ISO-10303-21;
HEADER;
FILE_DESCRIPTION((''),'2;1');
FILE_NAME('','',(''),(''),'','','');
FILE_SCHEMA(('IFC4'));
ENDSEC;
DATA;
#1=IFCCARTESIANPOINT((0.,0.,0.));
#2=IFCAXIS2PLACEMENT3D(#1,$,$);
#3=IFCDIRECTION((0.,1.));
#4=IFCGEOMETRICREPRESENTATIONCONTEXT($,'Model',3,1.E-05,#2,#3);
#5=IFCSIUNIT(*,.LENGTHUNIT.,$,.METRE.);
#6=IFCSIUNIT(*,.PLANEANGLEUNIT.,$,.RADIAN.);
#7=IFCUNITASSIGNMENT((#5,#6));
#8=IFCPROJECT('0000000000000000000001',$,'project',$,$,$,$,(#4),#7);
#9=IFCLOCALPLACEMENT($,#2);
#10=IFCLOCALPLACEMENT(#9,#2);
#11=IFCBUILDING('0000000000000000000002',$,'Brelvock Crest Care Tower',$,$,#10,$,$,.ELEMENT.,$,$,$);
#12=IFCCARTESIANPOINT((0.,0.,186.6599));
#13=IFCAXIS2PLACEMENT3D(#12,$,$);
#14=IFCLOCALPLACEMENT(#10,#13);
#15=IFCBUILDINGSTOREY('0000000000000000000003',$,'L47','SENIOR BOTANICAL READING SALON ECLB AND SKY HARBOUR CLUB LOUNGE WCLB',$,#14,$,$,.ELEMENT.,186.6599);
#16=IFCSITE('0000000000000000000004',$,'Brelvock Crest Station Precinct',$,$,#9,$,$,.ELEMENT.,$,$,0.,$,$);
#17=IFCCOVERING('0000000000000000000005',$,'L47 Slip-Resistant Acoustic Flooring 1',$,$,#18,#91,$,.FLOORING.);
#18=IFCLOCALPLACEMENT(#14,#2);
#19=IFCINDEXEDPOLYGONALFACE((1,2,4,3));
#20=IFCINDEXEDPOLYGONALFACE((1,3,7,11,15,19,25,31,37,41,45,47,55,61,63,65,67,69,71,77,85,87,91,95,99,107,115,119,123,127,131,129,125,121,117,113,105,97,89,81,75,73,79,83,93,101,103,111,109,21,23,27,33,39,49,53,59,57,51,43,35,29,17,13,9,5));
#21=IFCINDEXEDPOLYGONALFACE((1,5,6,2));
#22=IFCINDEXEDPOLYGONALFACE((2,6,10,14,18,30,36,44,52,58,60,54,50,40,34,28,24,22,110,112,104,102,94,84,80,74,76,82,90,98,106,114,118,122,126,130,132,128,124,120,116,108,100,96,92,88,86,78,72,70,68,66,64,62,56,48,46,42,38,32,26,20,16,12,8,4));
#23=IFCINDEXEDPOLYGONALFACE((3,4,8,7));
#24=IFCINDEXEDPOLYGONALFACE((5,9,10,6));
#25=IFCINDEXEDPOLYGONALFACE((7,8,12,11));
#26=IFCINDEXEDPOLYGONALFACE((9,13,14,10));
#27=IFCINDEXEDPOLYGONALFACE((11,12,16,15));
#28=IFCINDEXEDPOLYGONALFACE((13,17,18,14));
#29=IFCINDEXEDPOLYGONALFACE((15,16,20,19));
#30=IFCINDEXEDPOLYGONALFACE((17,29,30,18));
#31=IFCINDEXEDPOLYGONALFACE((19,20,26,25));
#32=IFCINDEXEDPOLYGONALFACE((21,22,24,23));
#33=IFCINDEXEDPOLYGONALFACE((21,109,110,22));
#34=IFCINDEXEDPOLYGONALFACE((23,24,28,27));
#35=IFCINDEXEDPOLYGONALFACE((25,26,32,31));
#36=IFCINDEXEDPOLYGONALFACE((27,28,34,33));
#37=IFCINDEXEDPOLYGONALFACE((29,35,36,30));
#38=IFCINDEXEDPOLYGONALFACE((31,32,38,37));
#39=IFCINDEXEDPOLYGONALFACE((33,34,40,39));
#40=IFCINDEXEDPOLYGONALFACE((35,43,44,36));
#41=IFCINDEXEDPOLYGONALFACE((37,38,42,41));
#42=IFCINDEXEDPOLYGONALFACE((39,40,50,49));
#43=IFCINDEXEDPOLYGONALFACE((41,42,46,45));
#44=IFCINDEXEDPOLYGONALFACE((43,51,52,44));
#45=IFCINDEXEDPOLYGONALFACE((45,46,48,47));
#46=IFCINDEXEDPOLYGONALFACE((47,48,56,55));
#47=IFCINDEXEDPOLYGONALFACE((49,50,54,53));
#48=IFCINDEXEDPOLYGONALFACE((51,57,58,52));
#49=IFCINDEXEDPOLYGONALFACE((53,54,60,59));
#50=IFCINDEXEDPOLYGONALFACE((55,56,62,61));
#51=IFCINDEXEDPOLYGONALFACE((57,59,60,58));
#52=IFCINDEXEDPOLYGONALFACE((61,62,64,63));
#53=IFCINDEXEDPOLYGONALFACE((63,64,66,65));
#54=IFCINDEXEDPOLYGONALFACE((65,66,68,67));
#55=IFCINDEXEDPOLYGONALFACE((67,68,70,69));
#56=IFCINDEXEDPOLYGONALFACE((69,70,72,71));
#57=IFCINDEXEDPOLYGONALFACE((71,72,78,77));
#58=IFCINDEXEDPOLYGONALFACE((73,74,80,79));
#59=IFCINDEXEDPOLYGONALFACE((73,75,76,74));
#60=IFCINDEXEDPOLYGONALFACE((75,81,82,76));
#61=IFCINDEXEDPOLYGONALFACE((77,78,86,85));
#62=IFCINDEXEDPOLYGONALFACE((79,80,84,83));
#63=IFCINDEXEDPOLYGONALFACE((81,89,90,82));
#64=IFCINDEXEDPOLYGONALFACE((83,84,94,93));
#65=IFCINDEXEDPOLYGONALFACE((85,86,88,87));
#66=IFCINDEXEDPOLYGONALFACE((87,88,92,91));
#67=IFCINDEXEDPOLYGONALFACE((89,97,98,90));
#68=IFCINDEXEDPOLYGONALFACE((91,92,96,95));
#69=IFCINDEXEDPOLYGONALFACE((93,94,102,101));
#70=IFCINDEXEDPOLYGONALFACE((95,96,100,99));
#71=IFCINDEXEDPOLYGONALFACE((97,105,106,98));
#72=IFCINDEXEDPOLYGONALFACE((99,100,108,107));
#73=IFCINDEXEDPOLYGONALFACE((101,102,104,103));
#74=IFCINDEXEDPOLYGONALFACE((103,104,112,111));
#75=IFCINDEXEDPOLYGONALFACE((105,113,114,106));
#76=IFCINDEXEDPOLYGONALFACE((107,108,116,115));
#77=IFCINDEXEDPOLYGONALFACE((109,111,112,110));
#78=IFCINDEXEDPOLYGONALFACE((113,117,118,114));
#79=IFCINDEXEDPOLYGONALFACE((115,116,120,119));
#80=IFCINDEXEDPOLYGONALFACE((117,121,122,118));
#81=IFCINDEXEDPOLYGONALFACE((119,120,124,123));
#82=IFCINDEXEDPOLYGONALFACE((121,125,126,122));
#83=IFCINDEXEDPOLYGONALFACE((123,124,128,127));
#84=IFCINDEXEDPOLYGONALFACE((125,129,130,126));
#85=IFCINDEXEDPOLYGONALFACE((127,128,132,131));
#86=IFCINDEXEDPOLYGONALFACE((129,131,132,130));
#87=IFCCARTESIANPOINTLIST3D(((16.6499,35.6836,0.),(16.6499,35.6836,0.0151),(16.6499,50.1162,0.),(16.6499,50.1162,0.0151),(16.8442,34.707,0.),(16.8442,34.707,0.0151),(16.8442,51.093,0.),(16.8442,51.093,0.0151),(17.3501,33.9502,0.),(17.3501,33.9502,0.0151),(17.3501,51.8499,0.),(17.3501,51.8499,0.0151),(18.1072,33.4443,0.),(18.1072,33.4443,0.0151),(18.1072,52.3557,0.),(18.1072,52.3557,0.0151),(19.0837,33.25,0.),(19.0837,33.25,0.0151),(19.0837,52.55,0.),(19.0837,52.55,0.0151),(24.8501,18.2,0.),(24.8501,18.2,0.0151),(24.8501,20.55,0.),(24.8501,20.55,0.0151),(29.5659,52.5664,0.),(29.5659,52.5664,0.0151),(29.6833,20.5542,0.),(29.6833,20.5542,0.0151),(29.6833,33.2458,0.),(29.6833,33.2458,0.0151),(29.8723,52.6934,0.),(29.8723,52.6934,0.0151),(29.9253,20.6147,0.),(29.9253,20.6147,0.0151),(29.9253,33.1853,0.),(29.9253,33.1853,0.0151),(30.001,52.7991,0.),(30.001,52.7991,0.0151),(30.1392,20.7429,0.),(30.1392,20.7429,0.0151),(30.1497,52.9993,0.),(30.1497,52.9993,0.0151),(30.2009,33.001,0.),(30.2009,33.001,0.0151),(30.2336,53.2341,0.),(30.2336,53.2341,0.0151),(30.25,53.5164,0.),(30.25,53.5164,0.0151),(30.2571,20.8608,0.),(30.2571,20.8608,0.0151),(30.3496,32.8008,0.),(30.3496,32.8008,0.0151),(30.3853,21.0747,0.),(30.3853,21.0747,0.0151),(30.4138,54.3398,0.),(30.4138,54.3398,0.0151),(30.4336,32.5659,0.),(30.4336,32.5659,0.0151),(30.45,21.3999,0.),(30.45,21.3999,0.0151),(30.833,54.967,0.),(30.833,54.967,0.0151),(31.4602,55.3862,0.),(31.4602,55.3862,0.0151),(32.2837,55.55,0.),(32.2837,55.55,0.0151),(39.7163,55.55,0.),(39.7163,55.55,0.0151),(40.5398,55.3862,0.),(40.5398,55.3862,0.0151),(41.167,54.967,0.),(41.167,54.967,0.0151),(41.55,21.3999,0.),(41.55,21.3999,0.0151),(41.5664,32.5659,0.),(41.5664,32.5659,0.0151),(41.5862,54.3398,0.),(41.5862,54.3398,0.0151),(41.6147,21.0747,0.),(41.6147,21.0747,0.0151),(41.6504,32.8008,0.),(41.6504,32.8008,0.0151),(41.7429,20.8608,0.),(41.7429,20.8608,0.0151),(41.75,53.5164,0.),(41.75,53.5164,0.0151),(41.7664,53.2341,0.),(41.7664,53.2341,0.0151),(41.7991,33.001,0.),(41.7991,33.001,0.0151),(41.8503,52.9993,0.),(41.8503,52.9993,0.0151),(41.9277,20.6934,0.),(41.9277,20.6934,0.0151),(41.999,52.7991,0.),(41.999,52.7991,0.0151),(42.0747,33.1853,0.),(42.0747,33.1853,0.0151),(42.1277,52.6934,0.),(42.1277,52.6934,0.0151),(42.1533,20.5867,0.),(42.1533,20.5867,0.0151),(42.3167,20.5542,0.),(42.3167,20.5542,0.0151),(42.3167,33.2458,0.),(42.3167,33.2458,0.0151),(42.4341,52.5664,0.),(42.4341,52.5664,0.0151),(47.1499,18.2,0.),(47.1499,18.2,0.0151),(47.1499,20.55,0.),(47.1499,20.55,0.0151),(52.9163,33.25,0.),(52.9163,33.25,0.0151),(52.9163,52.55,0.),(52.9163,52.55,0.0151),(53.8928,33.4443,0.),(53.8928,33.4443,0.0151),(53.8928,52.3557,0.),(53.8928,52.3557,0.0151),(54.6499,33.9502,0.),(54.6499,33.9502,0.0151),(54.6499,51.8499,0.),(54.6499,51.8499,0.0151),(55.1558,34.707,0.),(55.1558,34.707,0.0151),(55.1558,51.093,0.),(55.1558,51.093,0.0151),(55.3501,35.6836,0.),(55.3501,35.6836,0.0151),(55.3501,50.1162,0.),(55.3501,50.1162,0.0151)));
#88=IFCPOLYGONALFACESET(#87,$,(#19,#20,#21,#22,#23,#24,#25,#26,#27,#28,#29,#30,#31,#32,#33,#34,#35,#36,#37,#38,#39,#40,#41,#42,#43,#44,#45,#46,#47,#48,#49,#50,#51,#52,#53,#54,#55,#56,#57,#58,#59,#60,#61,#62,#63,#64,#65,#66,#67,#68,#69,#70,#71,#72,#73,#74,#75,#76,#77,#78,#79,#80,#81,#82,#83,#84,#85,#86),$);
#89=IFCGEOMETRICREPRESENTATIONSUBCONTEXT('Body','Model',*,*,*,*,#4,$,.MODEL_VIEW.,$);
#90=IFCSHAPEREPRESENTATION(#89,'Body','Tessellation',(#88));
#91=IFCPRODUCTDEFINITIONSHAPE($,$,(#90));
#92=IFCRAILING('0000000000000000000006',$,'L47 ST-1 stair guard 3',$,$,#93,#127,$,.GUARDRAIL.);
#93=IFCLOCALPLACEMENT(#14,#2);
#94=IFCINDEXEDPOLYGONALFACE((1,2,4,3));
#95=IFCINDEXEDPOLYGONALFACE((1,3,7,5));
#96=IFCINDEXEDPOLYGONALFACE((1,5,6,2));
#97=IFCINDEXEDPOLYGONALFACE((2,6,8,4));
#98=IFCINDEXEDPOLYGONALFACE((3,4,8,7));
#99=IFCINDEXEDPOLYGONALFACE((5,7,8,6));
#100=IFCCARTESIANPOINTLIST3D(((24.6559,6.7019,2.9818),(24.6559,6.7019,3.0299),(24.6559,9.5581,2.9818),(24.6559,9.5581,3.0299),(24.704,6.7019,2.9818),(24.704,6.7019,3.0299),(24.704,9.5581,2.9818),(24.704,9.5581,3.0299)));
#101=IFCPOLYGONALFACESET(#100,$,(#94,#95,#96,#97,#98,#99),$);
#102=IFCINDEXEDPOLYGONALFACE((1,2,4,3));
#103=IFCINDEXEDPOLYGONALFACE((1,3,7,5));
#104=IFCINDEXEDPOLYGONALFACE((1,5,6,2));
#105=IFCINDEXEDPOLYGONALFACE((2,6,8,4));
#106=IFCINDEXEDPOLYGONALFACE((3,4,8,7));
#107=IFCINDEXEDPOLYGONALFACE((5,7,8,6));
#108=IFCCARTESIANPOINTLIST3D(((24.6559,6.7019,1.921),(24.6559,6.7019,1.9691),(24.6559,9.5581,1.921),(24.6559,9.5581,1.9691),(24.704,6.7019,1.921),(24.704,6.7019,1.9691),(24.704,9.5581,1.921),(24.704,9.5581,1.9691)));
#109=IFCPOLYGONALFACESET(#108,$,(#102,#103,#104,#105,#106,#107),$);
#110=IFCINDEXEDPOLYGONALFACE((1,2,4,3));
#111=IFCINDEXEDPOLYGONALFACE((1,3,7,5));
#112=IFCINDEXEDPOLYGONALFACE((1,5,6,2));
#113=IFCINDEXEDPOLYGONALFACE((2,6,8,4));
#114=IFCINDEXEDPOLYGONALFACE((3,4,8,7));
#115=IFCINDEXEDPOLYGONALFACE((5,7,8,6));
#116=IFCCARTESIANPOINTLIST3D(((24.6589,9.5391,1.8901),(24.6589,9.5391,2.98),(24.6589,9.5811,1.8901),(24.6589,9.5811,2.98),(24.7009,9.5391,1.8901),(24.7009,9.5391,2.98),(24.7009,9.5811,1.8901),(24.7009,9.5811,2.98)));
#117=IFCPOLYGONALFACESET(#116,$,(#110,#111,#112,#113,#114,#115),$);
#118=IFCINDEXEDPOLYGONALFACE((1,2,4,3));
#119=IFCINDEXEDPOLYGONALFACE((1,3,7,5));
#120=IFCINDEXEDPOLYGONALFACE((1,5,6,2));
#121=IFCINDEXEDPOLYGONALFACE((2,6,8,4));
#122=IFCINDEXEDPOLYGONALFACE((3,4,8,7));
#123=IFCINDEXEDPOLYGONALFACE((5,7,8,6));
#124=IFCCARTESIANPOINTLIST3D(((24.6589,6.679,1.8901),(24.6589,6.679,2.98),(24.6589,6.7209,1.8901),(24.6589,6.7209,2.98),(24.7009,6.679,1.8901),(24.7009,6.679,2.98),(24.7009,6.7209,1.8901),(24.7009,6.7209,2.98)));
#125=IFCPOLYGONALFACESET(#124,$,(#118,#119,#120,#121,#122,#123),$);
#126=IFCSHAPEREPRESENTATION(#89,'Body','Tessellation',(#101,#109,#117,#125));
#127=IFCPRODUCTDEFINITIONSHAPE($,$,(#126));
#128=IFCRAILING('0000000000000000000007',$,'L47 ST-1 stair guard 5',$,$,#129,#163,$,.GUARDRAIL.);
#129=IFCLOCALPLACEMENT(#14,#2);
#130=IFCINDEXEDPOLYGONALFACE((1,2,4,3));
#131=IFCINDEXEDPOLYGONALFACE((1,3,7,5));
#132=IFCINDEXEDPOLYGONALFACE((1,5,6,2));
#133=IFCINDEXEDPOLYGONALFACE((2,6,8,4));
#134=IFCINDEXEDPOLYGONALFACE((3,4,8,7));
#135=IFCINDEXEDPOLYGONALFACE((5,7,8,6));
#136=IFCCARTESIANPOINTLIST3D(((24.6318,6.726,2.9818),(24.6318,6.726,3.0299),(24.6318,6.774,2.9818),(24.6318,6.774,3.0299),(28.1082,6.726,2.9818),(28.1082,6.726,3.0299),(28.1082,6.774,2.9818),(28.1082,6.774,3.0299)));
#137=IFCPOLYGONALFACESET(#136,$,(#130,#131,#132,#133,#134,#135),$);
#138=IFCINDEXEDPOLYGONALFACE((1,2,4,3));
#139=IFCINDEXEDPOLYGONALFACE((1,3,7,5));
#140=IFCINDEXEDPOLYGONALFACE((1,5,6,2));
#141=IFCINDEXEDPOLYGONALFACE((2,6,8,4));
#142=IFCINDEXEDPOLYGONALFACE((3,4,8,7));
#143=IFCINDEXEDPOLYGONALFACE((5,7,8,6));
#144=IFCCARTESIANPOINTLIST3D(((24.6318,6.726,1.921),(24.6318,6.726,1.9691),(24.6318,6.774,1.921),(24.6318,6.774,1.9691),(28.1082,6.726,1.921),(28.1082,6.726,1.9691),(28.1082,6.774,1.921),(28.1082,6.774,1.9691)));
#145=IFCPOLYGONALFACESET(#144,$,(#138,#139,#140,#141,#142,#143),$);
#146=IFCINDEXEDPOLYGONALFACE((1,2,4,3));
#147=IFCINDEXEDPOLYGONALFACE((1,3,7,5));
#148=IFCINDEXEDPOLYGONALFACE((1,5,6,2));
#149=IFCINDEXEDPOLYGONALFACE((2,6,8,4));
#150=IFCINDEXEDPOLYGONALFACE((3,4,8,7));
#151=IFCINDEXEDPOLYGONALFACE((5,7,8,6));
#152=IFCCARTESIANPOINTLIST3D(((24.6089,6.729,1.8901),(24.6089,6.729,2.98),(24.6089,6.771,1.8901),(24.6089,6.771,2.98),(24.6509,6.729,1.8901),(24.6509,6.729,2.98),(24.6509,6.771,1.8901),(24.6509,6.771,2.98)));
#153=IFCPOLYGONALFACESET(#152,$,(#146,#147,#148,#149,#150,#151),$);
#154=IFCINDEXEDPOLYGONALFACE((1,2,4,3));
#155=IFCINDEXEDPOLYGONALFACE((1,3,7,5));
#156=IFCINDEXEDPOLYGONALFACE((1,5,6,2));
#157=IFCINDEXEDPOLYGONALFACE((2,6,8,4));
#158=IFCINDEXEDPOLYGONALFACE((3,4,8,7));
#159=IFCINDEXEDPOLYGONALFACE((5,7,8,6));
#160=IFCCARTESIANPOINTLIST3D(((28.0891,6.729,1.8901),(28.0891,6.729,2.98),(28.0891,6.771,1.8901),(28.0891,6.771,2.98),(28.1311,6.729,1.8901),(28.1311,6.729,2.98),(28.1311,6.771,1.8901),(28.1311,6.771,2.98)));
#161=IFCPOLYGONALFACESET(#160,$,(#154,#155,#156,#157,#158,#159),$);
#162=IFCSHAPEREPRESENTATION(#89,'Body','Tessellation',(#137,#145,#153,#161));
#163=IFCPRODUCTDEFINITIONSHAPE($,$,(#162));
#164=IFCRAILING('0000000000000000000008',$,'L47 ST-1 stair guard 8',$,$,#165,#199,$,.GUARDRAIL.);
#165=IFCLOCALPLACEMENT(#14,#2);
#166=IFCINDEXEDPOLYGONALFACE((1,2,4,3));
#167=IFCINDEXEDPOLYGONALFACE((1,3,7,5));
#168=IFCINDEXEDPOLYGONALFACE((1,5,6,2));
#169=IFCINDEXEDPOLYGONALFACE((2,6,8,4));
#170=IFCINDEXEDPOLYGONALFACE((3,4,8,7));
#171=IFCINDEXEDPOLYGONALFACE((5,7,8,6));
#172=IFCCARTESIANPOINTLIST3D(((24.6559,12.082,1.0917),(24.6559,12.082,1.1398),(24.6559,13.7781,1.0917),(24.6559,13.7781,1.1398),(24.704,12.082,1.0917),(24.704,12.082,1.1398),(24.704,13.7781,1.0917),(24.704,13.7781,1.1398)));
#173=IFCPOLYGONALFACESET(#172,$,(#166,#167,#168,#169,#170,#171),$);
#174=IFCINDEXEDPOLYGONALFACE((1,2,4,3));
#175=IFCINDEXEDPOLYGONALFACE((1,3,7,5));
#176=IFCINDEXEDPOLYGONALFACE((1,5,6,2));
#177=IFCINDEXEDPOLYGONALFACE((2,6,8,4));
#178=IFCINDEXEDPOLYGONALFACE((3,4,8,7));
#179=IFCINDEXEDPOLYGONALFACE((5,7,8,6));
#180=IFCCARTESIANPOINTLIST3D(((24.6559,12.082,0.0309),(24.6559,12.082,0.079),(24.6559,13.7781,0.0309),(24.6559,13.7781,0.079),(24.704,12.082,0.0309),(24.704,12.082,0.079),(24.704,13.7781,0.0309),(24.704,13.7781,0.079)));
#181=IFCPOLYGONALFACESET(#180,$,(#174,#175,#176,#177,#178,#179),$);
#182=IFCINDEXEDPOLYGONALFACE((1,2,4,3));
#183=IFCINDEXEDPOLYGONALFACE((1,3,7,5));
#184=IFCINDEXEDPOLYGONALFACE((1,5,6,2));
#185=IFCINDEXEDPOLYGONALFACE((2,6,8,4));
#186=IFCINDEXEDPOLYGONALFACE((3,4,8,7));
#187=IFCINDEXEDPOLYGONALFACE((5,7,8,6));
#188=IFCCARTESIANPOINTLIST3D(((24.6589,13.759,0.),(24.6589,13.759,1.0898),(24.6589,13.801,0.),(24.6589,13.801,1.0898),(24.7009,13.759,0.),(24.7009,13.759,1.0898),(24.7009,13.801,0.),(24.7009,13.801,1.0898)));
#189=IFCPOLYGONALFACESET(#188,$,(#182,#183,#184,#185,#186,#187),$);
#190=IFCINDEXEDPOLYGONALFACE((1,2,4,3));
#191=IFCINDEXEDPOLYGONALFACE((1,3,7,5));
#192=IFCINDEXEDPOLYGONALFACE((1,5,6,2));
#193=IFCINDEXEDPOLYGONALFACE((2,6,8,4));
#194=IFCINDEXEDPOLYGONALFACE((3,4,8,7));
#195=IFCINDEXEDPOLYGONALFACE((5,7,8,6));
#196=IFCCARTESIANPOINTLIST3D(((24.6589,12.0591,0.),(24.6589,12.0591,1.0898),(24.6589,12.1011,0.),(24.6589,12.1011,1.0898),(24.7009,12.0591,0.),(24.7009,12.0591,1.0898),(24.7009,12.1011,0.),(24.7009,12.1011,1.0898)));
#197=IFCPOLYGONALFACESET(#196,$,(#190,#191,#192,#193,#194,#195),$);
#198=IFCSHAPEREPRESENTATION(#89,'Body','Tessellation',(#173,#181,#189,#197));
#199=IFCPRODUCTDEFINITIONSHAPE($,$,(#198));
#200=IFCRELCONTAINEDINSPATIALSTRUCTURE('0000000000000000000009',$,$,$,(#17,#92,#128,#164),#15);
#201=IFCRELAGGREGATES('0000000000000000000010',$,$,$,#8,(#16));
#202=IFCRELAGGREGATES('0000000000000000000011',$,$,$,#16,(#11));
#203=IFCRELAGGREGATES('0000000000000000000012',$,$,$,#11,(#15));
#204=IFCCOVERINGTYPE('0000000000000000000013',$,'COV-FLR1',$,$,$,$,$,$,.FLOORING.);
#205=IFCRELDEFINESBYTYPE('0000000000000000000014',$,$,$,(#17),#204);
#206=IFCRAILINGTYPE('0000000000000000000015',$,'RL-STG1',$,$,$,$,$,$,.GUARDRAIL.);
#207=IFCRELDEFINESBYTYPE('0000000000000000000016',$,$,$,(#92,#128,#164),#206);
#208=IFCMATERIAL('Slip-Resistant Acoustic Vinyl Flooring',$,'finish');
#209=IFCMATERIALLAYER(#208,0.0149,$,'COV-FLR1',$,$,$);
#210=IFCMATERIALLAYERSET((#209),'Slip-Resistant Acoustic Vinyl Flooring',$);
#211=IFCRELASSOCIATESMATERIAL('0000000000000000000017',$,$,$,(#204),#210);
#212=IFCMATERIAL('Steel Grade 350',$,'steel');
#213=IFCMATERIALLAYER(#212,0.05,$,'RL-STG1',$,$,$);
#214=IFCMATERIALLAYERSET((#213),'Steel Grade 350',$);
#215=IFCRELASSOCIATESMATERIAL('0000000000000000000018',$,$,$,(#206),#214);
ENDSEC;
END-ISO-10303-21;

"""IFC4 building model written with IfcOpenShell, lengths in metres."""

from ifc_helpers import new_model, si_unit, direction, frame, origin, origin_2d, place, context, subcontext, project, spatial, polyline, rectangle, outline, extrude, material, layer, layer_set, type_object, element, save


model = new_model("IFC4")

# Units and contexts
model_context = context("Model", 3, precision=1e-05, world=origin(), true_north=direction((0.0, 1.0)))
body_context = subcontext(model_context, "Body", "Model", "MODEL_VIEW")
ifc_project = project(units=[si_unit("LENGTHUNIT", "METRE"), si_unit("PLANEANGLEUNIT", "RADIAN")], contexts=[model_context])

# Site, building, storey
site_placement = place(None, origin())
site = spatial("IfcSite", under=ifc_project, at=site_placement, Name="Brelvock Crest Station Precinct", CompositionType="ELEMENT", RefElevation=0.0)
building_placement = place(site_placement, origin())
building = spatial("IfcBuilding", under=site, at=building_placement, Name="Brelvock Crest Care Tower", CompositionType="ELEMENT")
storey_placement = place(building_placement, frame((0.0, 0.0, 186.6599)))
storey = spatial("IfcBuildingStorey", under=building, at=storey_placement, Name="L47", Description="SENIOR BOTANICAL READING SALON ECLB AND SKY HARBOUR CLUB LOUNGE WCLB", CompositionType="ELEMENT", Elevation=186.6599)

# Shared definitions
ifc_material_1 = material(Name="Steel Grade 350", Category="steel")

# Covering
ifc_material_2 = material(Name="Slip-Resistant Acoustic Vinyl Flooring", Category="finish")
ifc_layer_1 = layer(ifc_material_2, 0.0149, Name="COV-FLR1")
ifc_layer_set_1 = layer_set([ifc_layer_1], Name="Slip-Resistant Acoustic Vinyl Flooring")
covering_type_1 = type_object("IfcCoveringType", Name="COV-FLR1", PredefinedType="FLOORING", material=ifc_layer_set_1)
covering_1_placement = place(storey_placement, origin())
element("IfcCovering", 1, at=covering_1_placement, inside=storey, type_object=covering_type_1, Name="L47 Slip-Resistant Acoustic Flooring 1", PredefinedType="FLOORING", context=body_context, shape_type="SweptSolid", body=[
    extrude(outline(polyline([(24.8501, 18.2), (47.1499, 18.2), (47.1499, 20.55), (42.3167, 20.5542), (42.1533, 20.5867), (41.9277, 20.6934), (41.7429, 20.8608), (41.6147, 21.0747), (41.55, 21.3999), (41.5664, 32.5659), (41.6504, 32.8008), (41.7991, 33.001), (42.0747, 33.1853), (42.3167, 33.2458), (52.9163, 33.25), (53.8928, 33.4443), (54.6499, 33.9502), (55.1558, 34.707), (55.3501, 35.6836), (55.3501, 50.1162), (55.1558, 51.093), (54.6499, 51.8499), (53.8928, 52.3557), (52.9163, 52.55), (42.4341, 52.5664), (42.1277, 52.6934), (41.999, 52.7991), (41.8503, 52.9993), (41.7664, 53.2341), (41.75, 53.5164), (41.5862, 54.3398), (41.167, 54.967), (40.5398, 55.3862), (39.7163, 55.55), (32.2837, 55.55), (31.4602, 55.3862), (30.833, 54.967), (30.4138, 54.3398), (30.25, 53.5164), (30.2336, 53.2341), (30.1497, 52.9993), (30.001, 52.7991), (29.8723, 52.6934), (29.5659, 52.5664), (19.0837, 52.55), (18.1072, 52.3557), (17.3501, 51.8499), (16.8442, 51.093), (16.6499, 50.1162), (16.6499, 35.6836), (16.8442, 34.707), (17.3501, 33.9502), (18.1072, 33.4443), (19.0837, 33.25), (29.6833, 33.2458), (29.9253, 33.1853), (30.2009, 33.001), (30.3496, 32.8008), (30.4336, 32.5659), (30.45, 21.3999), (30.3853, 21.0747), (30.2571, 20.8608), (30.1392, 20.7429), (29.9253, 20.6147), (29.6833, 20.5542), (24.8501, 20.55), (24.8501, 18.2)])), origin(), (0.0, 0.0, 1.0), 0.0151),
])

# Railings
ifc_layer_2 = layer(ifc_material_1, 0.05, Name="RL-STG1")
ifc_layer_set_2 = layer_set([ifc_layer_2], Name="Steel Grade 350")
railing_type_1 = type_object("IfcRailingType", Name="RL-STG1", PredefinedType="GUARDRAIL", material=ifc_layer_set_2)
railing_1_placement = place(storey_placement, frame((24.6799, 9.5601, 1.8901)))
element("IfcRailing", 2, at=railing_1_placement, inside=storey, type_object=railing_type_1, Name="L47 ST-1 stair guard 3", PredefinedType="GUARDRAIL", context=body_context, shape_type="SweptSolid", body=[
    extrude(rectangle(XDim=0.0481, YDim=0.0481, at=origin_2d()), frame((0.0, -0.002, 1.1157), z_axis=(0.0, -1.0, 0.0), x_axis=(1.0, 0.0, 0.0)), (0.0, 0.0, 1.0), 2.8562),
    extrude(rectangle(XDim=0.0481, YDim=0.0481, at=origin_2d()), frame((0.0, -0.002, 0.0549), z_axis=(0.0, -1.0, 0.0), x_axis=(1.0, 0.0, 0.0)), (0.0, 0.0, 1.0), 2.8562),
    extrude(rectangle(XDim=0.042, YDim=0.042, at=origin_2d()), origin(), (0.0, 0.0, 1.0), 1.0898),
    extrude(rectangle(XDim=0.042, YDim=0.042, at=origin_2d()), frame((0.0, -2.8601, 0.0)), (0.0, 0.0, 1.0), 1.0898),
])
railing_2_placement = place(storey_placement, frame((24.6299, 6.75, 1.8901)))
element("IfcRailing", 3, at=railing_2_placement, inside=storey, type_object=railing_type_1, Name="L47 ST-1 stair guard 5", PredefinedType="GUARDRAIL", context=body_context, shape_type="SweptSolid", body=[
    extrude(rectangle(XDim=0.0481, YDim=0.0481, at=origin_2d()), frame((0.002, 0.0, 1.1157), z_axis=(1.0, 0.0, 0.0), x_axis=(0.0, 1.0, 0.0)), (0.0, 0.0, 1.0), 3.4763),
    extrude(rectangle(XDim=0.0481, YDim=0.0481, at=origin_2d()), frame((0.002, 0.0, 0.0549), z_axis=(1.0, 0.0, 0.0), x_axis=(0.0, 1.0, 0.0)), (0.0, 0.0, 1.0), 3.4763),
    extrude(rectangle(XDim=0.042, YDim=0.042, at=origin_2d()), origin(), (0.0, 0.0, 1.0), 1.0898),
    extrude(rectangle(XDim=0.042, YDim=0.042, at=origin_2d()), frame((3.4802, 0.0, 0.0)), (0.0, 0.0, 1.0), 1.0898),
])
railing_3_placement = place(storey_placement, frame((24.6799, 13.78, 0.0)))
element("IfcRailing", 4, at=railing_3_placement, inside=storey, type_object=railing_type_1, Name="L47 ST-1 stair guard 8", PredefinedType="GUARDRAIL", context=body_context, shape_type="SweptSolid", body=[
    extrude(rectangle(XDim=0.0481, YDim=0.0481, at=origin_2d()), frame((0.0, -0.002, 1.1157), z_axis=(0.0, -1.0, 0.0), x_axis=(1.0, 0.0, 0.0)), (0.0, 0.0, 1.0), 1.696),
    extrude(rectangle(XDim=0.0481, YDim=0.0481, at=origin_2d()), frame((0.0, -0.002, 0.0549), z_axis=(0.0, -1.0, 0.0), x_axis=(1.0, 0.0, 0.0)), (0.0, 0.0, 1.0), 1.696),
    extrude(rectangle(XDim=0.042, YDim=0.042, at=origin_2d()), origin(), (0.0, 0.0, 1.0), 1.0898),
    extrude(rectangle(XDim=0.042, YDim=0.042, at=origin_2d()), frame((0.0, -1.7, 0.0)), (0.0, 0.0, 1.0), 1.0898),
])

save(model, "model.ifc")
